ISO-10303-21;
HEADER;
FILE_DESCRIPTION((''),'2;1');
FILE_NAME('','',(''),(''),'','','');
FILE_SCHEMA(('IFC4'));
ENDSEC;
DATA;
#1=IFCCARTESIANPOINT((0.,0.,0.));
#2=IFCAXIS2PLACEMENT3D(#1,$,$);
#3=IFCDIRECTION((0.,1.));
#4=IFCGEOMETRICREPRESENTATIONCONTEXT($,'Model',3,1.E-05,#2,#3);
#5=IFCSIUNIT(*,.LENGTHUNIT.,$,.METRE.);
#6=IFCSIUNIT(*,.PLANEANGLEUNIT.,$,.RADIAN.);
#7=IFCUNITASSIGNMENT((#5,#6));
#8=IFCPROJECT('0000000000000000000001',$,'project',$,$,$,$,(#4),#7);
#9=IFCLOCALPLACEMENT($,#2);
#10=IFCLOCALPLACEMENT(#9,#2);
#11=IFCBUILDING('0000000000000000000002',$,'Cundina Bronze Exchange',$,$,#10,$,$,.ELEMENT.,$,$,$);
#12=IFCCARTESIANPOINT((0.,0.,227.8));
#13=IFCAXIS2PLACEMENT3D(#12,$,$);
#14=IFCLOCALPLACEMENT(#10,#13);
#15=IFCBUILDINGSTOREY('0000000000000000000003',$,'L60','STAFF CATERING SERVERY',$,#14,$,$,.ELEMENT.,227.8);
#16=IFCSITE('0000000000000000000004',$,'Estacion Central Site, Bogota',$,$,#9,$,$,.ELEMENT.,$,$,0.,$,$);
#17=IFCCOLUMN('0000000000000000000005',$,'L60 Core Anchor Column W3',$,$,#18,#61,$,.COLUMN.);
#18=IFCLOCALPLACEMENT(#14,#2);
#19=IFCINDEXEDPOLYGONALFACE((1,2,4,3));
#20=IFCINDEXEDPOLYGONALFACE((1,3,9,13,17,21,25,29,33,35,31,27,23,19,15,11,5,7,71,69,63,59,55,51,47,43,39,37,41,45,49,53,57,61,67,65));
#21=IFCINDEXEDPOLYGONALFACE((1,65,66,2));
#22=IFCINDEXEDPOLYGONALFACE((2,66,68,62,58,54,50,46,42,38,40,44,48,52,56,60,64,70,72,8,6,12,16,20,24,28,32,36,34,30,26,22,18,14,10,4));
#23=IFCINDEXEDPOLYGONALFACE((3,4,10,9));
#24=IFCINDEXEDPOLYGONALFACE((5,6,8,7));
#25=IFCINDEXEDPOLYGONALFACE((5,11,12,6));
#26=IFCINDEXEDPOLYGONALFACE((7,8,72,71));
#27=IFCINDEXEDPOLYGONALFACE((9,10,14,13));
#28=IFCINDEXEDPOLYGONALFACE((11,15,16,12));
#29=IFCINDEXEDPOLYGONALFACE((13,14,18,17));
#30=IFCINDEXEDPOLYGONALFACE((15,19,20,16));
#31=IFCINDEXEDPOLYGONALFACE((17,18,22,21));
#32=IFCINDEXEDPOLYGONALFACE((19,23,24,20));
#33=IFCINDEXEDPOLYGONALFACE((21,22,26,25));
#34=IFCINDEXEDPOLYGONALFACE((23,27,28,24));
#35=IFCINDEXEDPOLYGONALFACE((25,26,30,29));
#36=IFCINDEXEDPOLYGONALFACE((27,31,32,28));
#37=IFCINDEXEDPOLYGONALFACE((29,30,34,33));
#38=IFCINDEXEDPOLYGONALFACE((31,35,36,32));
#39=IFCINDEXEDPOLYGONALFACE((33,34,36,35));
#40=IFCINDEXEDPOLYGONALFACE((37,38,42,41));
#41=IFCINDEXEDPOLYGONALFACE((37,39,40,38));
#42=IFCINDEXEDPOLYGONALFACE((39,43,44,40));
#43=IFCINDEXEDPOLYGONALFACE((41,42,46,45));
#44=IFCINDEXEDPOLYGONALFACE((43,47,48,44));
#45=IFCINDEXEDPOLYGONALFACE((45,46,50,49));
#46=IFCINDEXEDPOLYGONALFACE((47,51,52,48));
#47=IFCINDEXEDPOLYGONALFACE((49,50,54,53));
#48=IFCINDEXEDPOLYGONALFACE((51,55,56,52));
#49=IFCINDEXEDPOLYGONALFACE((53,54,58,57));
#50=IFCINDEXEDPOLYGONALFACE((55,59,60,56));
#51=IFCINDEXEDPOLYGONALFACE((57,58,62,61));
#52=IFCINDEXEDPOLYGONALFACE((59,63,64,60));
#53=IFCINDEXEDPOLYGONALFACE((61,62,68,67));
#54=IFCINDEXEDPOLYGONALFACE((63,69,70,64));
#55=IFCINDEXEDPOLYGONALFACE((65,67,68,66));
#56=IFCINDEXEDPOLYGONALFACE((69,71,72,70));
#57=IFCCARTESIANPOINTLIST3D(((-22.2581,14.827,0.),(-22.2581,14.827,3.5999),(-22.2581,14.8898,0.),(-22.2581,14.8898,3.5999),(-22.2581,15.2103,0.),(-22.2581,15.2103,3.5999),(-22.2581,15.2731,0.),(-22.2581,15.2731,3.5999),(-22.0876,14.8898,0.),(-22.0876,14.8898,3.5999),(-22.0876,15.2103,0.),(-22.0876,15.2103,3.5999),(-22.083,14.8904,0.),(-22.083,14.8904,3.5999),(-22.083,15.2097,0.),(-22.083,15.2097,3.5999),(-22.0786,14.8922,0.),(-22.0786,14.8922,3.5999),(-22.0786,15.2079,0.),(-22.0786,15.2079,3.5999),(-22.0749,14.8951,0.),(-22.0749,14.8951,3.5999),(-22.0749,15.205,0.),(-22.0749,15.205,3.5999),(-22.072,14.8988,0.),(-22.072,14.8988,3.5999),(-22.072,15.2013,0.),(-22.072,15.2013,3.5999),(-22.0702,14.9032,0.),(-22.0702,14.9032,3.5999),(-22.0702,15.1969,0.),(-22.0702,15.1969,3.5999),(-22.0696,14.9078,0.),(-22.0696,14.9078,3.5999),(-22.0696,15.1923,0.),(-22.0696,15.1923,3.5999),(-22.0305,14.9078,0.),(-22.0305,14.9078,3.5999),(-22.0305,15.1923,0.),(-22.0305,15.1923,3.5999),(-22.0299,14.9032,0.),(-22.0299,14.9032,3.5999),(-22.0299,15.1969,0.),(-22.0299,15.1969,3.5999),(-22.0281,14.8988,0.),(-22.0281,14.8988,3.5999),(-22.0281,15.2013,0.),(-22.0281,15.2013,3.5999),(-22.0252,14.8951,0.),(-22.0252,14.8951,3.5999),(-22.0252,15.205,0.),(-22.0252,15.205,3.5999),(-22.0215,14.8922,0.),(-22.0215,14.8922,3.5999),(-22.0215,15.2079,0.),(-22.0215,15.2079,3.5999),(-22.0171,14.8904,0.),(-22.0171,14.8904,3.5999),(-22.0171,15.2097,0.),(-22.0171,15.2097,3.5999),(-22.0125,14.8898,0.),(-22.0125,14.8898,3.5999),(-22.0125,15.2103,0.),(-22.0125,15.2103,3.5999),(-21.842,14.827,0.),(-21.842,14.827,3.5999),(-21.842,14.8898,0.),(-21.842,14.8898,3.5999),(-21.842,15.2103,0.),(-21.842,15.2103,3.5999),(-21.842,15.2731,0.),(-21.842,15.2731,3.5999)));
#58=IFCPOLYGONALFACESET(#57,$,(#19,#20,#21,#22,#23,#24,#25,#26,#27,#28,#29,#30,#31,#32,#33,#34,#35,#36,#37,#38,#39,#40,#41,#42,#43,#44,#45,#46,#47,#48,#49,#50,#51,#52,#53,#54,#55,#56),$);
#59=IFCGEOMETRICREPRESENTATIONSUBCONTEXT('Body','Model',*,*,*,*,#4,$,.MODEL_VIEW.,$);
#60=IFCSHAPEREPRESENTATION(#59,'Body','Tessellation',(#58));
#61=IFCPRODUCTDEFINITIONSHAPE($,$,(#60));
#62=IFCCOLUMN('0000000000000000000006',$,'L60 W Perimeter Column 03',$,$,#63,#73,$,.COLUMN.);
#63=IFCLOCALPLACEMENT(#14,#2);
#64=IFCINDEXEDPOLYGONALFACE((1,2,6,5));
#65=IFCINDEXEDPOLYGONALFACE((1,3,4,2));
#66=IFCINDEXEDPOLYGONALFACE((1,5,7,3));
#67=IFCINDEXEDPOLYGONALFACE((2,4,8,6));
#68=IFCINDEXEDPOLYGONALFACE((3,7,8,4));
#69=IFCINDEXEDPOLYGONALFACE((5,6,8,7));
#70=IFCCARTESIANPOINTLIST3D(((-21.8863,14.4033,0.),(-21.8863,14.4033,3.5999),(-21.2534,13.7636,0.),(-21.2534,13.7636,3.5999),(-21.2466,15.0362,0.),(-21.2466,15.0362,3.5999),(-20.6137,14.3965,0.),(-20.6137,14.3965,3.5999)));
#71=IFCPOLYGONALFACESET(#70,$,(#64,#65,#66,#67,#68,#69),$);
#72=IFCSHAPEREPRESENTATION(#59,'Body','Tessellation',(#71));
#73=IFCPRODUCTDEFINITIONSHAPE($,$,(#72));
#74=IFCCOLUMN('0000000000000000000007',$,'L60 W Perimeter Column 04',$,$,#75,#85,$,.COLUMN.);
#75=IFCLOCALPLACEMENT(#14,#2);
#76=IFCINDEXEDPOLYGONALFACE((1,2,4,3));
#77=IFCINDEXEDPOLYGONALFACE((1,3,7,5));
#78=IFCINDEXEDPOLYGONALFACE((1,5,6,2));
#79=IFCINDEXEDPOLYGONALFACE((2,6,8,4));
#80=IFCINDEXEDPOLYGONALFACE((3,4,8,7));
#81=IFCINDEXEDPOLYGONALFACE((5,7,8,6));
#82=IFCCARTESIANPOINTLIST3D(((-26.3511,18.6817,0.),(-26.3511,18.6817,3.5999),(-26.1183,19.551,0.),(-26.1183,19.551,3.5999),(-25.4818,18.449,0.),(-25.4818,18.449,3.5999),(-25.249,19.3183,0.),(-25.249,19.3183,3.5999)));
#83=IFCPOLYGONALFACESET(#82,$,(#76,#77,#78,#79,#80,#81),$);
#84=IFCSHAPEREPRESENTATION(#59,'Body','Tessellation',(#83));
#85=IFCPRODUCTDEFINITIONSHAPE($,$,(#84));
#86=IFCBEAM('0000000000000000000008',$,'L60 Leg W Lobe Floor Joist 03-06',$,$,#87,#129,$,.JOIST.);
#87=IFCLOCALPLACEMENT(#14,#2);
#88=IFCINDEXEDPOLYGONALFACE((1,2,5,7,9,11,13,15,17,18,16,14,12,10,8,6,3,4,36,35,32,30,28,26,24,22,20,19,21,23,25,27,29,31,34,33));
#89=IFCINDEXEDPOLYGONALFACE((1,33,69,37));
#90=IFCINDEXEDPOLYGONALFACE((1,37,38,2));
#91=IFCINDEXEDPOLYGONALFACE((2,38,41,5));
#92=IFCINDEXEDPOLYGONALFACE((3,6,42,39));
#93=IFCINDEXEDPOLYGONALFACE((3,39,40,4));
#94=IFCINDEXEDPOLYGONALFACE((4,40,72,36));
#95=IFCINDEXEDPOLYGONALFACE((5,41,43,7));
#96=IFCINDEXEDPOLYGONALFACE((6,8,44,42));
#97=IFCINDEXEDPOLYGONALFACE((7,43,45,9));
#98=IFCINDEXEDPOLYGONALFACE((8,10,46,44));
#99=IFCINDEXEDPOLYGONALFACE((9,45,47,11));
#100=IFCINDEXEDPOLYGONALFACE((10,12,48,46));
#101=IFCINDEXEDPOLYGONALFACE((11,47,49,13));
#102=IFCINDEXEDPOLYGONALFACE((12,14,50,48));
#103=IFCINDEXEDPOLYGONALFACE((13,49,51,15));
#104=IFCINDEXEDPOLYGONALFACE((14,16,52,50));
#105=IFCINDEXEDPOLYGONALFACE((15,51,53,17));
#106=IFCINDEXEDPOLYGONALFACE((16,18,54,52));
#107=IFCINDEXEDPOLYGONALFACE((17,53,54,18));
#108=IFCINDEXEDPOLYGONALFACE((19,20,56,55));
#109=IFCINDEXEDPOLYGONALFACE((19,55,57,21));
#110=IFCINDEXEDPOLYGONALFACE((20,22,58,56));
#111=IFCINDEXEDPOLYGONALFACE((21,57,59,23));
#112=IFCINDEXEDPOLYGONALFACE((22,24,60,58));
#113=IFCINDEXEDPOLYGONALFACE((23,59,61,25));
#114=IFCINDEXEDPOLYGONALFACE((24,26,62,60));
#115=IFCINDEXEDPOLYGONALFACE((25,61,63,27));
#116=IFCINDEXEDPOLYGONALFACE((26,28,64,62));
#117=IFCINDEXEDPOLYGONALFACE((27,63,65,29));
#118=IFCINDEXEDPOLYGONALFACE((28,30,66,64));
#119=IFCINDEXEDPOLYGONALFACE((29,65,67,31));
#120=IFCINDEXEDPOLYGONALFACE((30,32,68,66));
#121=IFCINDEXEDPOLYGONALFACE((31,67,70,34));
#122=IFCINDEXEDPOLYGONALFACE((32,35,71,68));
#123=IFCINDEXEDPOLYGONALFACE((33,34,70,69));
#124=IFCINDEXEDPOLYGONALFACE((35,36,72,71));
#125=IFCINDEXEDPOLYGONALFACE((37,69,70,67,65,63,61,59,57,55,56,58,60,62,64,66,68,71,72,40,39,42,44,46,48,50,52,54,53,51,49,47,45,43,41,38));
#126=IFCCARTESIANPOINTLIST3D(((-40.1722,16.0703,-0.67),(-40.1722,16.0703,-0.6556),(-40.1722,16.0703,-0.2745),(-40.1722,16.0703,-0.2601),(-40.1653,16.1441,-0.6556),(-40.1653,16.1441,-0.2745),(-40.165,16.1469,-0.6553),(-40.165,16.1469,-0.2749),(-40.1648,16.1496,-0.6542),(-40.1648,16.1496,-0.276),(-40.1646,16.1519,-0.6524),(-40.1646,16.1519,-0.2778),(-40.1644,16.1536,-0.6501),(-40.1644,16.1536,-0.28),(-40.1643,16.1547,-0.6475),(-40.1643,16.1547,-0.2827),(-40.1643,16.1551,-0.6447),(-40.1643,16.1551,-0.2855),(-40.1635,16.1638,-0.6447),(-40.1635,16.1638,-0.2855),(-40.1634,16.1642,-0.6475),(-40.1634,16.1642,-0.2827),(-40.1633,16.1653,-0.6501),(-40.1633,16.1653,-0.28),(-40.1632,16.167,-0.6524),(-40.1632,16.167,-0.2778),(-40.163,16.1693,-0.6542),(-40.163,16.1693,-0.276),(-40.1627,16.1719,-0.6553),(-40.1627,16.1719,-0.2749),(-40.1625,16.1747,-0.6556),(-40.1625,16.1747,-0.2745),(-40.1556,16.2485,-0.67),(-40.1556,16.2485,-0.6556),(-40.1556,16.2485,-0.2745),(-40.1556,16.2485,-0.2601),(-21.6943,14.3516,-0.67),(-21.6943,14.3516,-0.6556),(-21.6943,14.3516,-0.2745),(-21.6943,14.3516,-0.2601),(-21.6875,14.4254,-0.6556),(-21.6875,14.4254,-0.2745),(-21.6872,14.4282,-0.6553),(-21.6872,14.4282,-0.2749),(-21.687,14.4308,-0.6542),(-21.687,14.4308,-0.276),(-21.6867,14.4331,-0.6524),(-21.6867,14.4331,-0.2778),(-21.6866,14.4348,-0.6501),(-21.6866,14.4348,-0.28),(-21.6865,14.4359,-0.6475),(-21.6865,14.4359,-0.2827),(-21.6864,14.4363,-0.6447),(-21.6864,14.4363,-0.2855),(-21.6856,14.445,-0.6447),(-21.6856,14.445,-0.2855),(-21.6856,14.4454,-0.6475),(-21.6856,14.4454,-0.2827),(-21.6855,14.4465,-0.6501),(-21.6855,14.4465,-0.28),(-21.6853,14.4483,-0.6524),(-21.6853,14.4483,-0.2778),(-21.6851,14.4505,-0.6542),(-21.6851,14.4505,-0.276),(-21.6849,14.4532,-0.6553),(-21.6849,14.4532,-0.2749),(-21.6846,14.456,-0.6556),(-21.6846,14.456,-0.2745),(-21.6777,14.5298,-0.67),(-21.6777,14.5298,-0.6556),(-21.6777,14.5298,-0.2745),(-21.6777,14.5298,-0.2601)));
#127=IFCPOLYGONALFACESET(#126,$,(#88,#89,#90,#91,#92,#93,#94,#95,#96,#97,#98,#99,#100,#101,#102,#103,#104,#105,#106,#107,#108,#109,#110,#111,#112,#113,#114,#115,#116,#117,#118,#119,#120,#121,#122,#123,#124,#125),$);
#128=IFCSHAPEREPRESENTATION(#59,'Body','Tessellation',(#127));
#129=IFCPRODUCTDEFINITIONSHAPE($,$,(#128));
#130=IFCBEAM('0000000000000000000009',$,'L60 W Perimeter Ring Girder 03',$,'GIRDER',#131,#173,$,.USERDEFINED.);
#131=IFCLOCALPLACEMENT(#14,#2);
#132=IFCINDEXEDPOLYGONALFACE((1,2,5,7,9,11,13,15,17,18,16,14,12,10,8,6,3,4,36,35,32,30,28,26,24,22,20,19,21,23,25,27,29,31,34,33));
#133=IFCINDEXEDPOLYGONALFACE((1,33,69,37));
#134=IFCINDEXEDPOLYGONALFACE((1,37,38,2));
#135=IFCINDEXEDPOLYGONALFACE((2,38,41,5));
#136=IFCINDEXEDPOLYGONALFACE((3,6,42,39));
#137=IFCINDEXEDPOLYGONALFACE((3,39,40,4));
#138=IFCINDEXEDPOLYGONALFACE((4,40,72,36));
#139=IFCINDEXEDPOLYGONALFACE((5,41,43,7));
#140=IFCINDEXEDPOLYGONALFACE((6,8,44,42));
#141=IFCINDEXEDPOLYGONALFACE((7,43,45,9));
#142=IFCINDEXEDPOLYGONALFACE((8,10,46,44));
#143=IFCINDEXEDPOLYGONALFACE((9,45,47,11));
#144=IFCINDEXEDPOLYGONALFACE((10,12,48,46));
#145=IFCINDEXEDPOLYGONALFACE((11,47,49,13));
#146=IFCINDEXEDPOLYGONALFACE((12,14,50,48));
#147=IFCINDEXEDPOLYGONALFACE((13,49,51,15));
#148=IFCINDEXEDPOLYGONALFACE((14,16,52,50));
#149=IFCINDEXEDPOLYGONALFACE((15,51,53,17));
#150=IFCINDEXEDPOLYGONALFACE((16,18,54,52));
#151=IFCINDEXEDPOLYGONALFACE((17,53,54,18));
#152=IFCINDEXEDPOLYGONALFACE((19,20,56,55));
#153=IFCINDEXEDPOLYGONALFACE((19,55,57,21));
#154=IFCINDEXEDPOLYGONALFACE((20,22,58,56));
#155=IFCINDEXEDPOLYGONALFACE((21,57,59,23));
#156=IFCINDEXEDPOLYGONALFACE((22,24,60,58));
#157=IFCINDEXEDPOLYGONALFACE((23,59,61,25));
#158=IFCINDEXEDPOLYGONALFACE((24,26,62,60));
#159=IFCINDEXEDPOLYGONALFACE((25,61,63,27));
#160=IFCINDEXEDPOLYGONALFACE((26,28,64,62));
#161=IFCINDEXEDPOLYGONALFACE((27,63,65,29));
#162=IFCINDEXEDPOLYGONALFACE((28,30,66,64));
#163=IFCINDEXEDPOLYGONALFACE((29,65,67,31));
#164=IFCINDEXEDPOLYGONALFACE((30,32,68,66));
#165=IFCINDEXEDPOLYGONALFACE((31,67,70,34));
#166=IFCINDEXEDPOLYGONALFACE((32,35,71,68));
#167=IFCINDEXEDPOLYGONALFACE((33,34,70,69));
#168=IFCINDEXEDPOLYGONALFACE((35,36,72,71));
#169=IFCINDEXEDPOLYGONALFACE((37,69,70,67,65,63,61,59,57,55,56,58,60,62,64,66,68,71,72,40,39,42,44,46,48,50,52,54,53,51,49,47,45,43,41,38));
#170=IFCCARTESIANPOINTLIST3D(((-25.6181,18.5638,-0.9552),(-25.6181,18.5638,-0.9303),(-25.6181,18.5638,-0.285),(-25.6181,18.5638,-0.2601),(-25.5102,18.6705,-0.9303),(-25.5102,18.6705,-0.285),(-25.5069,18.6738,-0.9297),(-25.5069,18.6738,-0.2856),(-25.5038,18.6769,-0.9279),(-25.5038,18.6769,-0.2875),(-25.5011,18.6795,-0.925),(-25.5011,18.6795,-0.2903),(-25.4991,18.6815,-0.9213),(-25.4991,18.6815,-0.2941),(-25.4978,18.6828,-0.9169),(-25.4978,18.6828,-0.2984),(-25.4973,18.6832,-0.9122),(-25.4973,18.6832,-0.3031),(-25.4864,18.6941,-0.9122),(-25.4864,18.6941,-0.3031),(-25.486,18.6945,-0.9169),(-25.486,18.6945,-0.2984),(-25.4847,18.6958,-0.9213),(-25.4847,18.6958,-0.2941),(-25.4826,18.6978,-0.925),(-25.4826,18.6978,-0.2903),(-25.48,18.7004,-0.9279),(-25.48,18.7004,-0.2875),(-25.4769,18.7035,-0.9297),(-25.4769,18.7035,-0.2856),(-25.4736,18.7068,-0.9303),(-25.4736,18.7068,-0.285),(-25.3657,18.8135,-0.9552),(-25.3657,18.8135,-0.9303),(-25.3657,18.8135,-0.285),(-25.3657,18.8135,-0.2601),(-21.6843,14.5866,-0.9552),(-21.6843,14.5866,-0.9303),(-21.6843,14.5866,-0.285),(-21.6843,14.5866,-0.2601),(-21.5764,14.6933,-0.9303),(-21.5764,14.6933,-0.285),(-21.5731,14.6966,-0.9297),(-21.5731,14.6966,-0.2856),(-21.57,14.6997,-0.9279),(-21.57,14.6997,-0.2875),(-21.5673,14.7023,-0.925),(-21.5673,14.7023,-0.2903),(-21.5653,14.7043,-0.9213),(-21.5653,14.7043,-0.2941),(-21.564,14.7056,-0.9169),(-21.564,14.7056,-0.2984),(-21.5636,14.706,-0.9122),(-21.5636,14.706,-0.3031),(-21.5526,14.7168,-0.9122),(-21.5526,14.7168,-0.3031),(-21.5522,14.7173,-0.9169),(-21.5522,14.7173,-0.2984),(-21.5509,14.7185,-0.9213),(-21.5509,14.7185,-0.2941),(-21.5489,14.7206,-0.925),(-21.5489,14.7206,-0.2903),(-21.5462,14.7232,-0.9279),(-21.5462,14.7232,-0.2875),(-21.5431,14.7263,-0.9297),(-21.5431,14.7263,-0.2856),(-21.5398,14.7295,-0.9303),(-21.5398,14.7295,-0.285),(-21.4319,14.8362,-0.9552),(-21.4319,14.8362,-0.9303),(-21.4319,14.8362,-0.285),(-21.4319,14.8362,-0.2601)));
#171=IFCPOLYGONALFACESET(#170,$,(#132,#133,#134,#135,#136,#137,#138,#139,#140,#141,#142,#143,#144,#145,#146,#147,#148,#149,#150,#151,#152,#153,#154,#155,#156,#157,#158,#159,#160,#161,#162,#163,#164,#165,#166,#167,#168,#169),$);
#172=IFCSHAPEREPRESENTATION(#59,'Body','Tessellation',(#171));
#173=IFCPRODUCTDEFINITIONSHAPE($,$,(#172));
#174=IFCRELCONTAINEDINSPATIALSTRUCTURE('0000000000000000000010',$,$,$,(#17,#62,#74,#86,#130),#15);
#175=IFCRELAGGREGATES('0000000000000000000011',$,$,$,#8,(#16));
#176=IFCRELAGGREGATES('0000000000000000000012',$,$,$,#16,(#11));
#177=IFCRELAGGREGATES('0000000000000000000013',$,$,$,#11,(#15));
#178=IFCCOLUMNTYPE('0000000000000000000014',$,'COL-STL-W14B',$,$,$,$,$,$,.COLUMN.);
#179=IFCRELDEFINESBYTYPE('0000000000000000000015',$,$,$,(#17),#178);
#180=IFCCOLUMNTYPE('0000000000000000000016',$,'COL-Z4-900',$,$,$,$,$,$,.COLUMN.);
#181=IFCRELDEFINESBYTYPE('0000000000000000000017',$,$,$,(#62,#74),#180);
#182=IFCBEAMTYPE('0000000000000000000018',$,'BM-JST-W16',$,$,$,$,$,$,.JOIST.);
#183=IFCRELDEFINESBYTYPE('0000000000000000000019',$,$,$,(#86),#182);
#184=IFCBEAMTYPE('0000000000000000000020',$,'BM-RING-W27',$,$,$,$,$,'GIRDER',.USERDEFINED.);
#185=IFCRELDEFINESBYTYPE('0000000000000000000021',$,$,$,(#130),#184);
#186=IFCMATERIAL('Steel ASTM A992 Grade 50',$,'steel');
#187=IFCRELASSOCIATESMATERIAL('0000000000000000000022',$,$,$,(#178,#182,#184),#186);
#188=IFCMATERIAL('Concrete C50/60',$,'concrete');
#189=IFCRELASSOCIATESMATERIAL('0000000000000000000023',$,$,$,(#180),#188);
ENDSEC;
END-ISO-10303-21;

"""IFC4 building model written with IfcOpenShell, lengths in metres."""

from ifc_helpers import new_model, si_unit, direction, frame, origin, origin_2d, place, context, subcontext, project, spatial, rectangle, i_section, extrude, material, material_profile, profile_set, type_object, element, save


model = new_model("IFC4")

# Units and contexts
model_context = context("Model", 3, precision=1e-05, world=origin(), true_north=direction((0.0, 1.0)))
body_context = subcontext(model_context, "Body", "Model", "MODEL_VIEW")
ifc_project = project(units=[si_unit("LENGTHUNIT", "METRE"), si_unit("PLANEANGLEUNIT", "RADIAN")], contexts=[model_context])

# Site, building, storey
site_placement = place(None, origin())
site = spatial("IfcSite", under=ifc_project, at=site_placement, Name="Estacion Central Site, Bogota", CompositionType="ELEMENT", RefElevation=0.0)
building_placement = place(site_placement, origin())
building = spatial("IfcBuilding", under=site, at=building_placement, Name="Cundina Bronze Exchange", CompositionType="ELEMENT")
storey_placement = place(building_placement, frame((0.0, 0.0, 227.8)))
storey = spatial("IfcBuildingStorey", under=building, at=storey_placement, Name="L60", Description="STAFF CATERING SERVERY", CompositionType="ELEMENT", Elevation=227.8)

# Columns
ifc_material_1 = material(Name="Steel ASTM A992 Grade 50", Category="steel")
ifc_material_profile_1 = material_profile(ifc_material_1, i_section(OverallWidth=0.416, OverallDepth=0.446, WebThickness=0.0391, FlangeThickness=0.0627, FilletRadius=0.0181, at=origin_2d()), Name="W14X342", Category="steel")
ifc_profile_set_1 = profile_set([ifc_material_profile_1], Name="Steel ASTM A992 Grade 50")
column_type_1 = type_object("IfcColumnType", Name="COL-STL-W14B", PredefinedType="COLUMN", material=ifc_profile_set_1)
column_placement = place(storey_placement, frame((-22.05, 15.05, 0.0), z_axis=(0.0, 0.0, 1.0), x_axis=(1.0, 0.0, 0.0)))
element("IfcColumn", 1, at=column_placement, inside=storey, type_object=column_type_1, Name="L60 Core Anchor Column W3", PredefinedType="COLUMN", context=body_context, shape_type="SweptSolid", body=[
    extrude(i_section(OverallWidth=0.416, OverallDepth=0.446, WebThickness=0.0391, FlangeThickness=0.0627, FilletRadius=0.0181, at=origin_2d()), origin(), (0.0, 0.0, 1.0), 3.5999),
])
ifc_material_2 = material(Name="Concrete C50/60", Category="concrete")
ifc_material_profile_2 = material_profile(ifc_material_2, rectangle(XDim=0.8999, YDim=0.8999, at=origin_2d()), Name="RC900X900", Category="concrete")
ifc_profile_set_2 = profile_set([ifc_material_profile_2], Name="Concrete C50/60")
column_type_2 = type_object("IfcColumnType", Name="COL-Z4-900", PredefinedType="COLUMN", material=ifc_profile_set_2)
for number, where, z_axis, x_axis, name in (
    (2, (-21.25, 14.3999, 0.0), (0.0, 0.0, 1.0), (-0.703271, 0.710922, 0.0), "L60 W Perimeter Column 03"),
    (3, (-25.8, 19.0, 0.0), (0.0, 0.0, 1.0), (-0.965971, 0.25865, 0.0), "L60 W Perimeter Column 04"),
):
    element("IfcColumn", number, at=place(storey_placement, frame(where, z_axis=z_axis, x_axis=x_axis)), inside=storey, type_object=column_type_2, Name=name, PredefinedType="COLUMN", context=body_context, shape_type="SweptSolid", body=[
        extrude(rectangle(XDim=0.8999, YDim=0.8999, at=origin_2d()), origin(), (0.0, 0.0, 1.0), 3.5999),
    ])

# Beams
ifc_material_profile_3 = material_profile(ifc_material_1, i_section(OverallWidth=0.179, OverallDepth=0.4099, WebThickness=0.0088, FlangeThickness=0.0144, FilletRadius=0.011, at=origin_2d()), Name="W16X45", Category="steel")
ifc_profile_set_3 = profile_set([ifc_material_profile_3], Name="Steel ASTM A992 Grade 50")
beam_type_1 = type_object("IfcBeamType", Name="BM-JST-W16", PredefinedType="JOIST", material=ifc_profile_set_3)
beam_1_placement = place(storey_placement, frame((-21.686, 14.4407, -0.4651), z_axis=(-0.995702, 0.092617, 0.0), x_axis=(-0.092617, -0.995702, 0.0)))
element("IfcBeam", 4, at=beam_1_placement, inside=storey, type_object=beam_type_1, Name="L60 Leg W Lobe Floor Joist 03-06", PredefinedType="JOIST", context=body_context, shape_type="SweptSolid", body=[
    extrude(i_section(OverallWidth=0.179, OverallDepth=0.4099, WebThickness=0.0088, FlangeThickness=0.0144, FilletRadius=0.011, at=origin_2d()), origin(), (0.0, 0.0, 1.0), 18.5576),
])
ifc_material_profile_4 = material_profile(ifc_material_1, i_section(OverallWidth=0.355, OverallDepth=0.6951, WebThickness=0.0154, FlangeThickness=0.0249, FilletRadius=0.0181, at=origin_2d()), Name="W27X146", Category="steel")
ifc_profile_set_4 = profile_set([ifc_material_profile_4], Name="Steel ASTM A992 Grade 50")
beam_type_2 = type_object("IfcBeamType", Name="BM-RING-W27", ElementType="GIRDER", PredefinedType="USERDEFINED", material=ifc_profile_set_4)
beam_2_placement = place(storey_placement, frame((-21.5581, 14.7114, -0.6077), z_axis=(-0.703212, 0.71098, 0.0), x_axis=(-0.71098, -0.703212, 0.0)))
element("IfcBeam", 5, at=beam_2_placement, inside=storey, type_object=beam_type_2, Name="L60 W Perimeter Ring Girder 03", ObjectType="GIRDER", PredefinedType="USERDEFINED", context=body_context, shape_type="SweptSolid", body=[
    extrude(i_section(OverallWidth=0.355, OverallDepth=0.6951, WebThickness=0.0154, FlangeThickness=0.0249, FilletRadius=0.0181, at=origin_2d()), origin(), (0.0, 0.0, 1.0), 5.594),
])

save(model, "model.ifc")
